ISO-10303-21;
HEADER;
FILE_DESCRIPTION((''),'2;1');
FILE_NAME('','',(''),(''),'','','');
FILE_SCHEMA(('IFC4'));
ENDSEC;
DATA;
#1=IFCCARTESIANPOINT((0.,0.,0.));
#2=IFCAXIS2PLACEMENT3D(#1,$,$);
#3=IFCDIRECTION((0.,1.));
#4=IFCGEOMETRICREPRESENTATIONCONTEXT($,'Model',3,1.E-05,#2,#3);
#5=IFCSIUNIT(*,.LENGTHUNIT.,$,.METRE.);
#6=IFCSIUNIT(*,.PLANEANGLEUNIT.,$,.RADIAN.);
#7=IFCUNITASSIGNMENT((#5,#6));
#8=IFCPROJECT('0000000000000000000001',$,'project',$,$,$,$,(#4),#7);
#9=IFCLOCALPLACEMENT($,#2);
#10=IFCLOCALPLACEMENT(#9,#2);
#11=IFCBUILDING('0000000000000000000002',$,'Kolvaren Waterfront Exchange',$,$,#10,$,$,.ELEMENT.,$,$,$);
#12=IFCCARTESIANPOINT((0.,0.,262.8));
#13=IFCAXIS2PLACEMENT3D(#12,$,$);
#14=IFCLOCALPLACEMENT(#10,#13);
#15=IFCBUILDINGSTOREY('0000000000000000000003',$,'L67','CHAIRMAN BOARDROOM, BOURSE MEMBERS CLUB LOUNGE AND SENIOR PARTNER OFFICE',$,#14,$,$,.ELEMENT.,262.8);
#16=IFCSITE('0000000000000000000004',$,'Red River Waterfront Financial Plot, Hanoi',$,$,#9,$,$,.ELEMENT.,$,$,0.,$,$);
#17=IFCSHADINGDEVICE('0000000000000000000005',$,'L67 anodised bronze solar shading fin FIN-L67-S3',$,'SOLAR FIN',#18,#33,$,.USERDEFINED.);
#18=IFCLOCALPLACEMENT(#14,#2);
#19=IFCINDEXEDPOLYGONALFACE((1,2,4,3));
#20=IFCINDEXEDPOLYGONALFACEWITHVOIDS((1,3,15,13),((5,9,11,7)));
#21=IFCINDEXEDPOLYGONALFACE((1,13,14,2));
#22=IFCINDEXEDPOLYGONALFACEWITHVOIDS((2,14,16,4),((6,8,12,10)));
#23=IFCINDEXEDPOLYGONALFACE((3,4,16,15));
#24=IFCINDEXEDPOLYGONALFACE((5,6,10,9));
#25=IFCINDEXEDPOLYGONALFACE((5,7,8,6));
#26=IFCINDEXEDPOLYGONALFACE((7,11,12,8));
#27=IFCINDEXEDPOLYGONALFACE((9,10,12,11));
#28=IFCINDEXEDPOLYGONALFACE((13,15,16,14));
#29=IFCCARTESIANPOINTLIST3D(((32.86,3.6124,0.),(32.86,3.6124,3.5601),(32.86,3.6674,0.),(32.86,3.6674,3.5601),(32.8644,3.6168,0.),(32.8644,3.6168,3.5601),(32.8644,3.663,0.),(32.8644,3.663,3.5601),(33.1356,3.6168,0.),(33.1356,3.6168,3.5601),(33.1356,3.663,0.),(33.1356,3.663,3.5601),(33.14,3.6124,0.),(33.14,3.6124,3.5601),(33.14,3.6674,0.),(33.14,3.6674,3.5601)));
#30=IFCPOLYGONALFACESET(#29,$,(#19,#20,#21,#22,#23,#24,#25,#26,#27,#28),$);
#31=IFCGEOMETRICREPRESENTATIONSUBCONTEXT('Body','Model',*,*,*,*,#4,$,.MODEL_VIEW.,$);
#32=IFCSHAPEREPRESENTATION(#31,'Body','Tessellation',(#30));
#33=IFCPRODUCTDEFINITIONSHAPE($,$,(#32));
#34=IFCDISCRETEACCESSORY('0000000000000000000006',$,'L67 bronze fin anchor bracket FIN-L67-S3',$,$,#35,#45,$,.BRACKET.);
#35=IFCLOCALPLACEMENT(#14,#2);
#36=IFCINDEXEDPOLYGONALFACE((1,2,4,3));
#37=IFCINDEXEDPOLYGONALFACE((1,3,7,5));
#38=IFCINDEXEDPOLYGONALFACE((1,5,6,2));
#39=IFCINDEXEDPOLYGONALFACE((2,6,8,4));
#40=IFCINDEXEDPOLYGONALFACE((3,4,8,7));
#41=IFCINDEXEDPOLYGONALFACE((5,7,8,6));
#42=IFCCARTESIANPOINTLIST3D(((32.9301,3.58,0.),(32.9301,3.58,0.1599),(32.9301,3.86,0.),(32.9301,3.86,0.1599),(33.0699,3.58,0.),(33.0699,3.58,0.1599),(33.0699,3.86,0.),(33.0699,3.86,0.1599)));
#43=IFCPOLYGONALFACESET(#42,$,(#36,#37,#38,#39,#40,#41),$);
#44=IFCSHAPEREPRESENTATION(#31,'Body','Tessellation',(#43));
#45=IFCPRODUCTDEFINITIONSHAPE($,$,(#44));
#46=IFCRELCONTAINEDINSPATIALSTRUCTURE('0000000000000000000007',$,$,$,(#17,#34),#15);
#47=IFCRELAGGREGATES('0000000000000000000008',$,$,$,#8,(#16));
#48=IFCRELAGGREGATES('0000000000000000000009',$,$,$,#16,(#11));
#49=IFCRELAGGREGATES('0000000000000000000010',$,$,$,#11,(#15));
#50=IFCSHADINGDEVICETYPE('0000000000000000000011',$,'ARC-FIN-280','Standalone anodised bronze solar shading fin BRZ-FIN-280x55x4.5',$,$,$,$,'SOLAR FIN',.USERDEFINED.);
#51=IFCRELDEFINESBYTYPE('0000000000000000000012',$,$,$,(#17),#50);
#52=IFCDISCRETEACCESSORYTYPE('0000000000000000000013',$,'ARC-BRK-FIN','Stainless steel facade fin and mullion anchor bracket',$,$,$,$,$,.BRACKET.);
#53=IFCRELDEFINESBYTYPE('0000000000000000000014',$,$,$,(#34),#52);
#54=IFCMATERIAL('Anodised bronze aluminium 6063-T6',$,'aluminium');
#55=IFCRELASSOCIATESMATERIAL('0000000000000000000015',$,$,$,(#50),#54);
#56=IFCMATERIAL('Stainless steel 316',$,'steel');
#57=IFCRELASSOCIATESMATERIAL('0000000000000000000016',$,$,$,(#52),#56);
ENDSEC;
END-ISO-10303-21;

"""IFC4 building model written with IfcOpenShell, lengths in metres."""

from ifc_helpers import new_model, si_unit, direction, frame, origin, origin_with_axes, origin_2d, place, context, subcontext, project, spatial, rectangle, hollow_rectangle, extrude, source, transform, mapped, material, material_profile, profile_set, type_object, element, save


model = new_model("IFC4")

# Units and contexts
model_context = context("Model", 3, precision=1e-05, world=origin(), true_north=direction((0.0, 1.0)))
body_context = subcontext(model_context, "Body", "Model", "MODEL_VIEW")
ifc_project = project(units=[si_unit("LENGTHUNIT", "METRE"), si_unit("PLANEANGLEUNIT", "RADIAN")], contexts=[model_context])

# Site, building, storey
site_placement = place(None, origin())
site = spatial("IfcSite", under=ifc_project, at=site_placement, Name="Red River Waterfront Financial Plot, Hanoi", CompositionType="ELEMENT", RefElevation=0.0)
building_placement = place(site_placement, origin())
building = spatial("IfcBuilding", under=site, at=building_placement, Name="Kolvaren Waterfront Exchange", CompositionType="ELEMENT")
storey_placement = place(building_placement, frame((0.0, 0.0, 262.8)))
storey = spatial("IfcBuildingStorey", under=building, at=storey_placement, Name="L67", Description="CHAIRMAN BOARDROOM, BOURSE MEMBERS CLUB LOUNGE AND SENIOR PARTNER OFFICE", CompositionType="ELEMENT", Elevation=262.8)

# Shared definitions
ifc_material_1 = material(Name="Anodised bronze aluminium 6063-T6", Category="aluminium")

# Shading device
ifc_material_profile_1 = material_profile(ifc_material_1, hollow_rectangle(XDim=0.0549, YDim=0.28, WallThickness=0.0044, at=origin_2d()), Name="BRZ-FIN-280x55x4.5")
ifc_profile_set_1 = profile_set([ifc_material_profile_1], Name="Anodised bronze aluminium 6063-T6")
shading_device_type = type_object("IfcShadingDeviceType", Name="ARC-FIN-280", Description="Standalone anodised bronze solar shading fin BRZ-FIN-280x55x4.5", ElementType="SOLAR FIN", PredefinedType="USERDEFINED", material=ifc_profile_set_1)
shading_device_placement = place(storey_placement, frame((33.0, 3.6399, 0.0), z_axis=(0.0, 0.0, 1.0), x_axis=(0.0, -1.0, 0.0)))
element("IfcShadingDevice", 1, at=shading_device_placement, inside=storey, type_object=shading_device_type, Name="L67 anodised bronze solar shading fin FIN-L67-S3", ObjectType="SOLAR FIN", PredefinedType="USERDEFINED", context=body_context, shape_type="SweptSolid", body=[
    extrude(hollow_rectangle(XDim=0.0549, YDim=0.28, WallThickness=0.0044, at=origin_2d()), origin(), (0.0, 0.0, 1.0), 3.5601),
])

# Discrete accessory
ifc_material_2 = material(Name="Stainless steel 316", Category="steel")
discrete_accessory_type = type_object("IfcDiscreteAccessoryType", Name="ARC-BRK-FIN", Description="Stainless steel facade fin and mullion anchor bracket", PredefinedType="BRACKET", material=ifc_material_2)
shared_shape_1 = source(origin_with_axes(), body_context, "Body", "SweptSolid", [
    extrude(rectangle(XDim=0.28, YDim=0.1399, at=origin_2d()), origin(), (0.0, 0.0, 1.0), 0.1599),
])
discrete_accessory_placement = place(storey_placement, frame((33.0, 3.72, 0.0), z_axis=(0.0, 0.0, 1.0), x_axis=(0.0, -1.0, 0.0)))
element("IfcDiscreteAccessory", 2, at=discrete_accessory_placement, inside=storey, type_object=discrete_accessory_type, Name="L67 bronze fin anchor bracket FIN-L67-S3", PredefinedType="BRACKET", context=body_context, shape_type="MappedRepresentation", body=[
    mapped(shared_shape_1, transform((0.0, 0.0, 0.0), x_axis=(1.0, 0.0, 0.0), y_axis=(0.0, 1.0, 0.0), z_axis=(0.0, 0.0, 1.0), scale=1.0)),
])

save(model, "model.ifc")
